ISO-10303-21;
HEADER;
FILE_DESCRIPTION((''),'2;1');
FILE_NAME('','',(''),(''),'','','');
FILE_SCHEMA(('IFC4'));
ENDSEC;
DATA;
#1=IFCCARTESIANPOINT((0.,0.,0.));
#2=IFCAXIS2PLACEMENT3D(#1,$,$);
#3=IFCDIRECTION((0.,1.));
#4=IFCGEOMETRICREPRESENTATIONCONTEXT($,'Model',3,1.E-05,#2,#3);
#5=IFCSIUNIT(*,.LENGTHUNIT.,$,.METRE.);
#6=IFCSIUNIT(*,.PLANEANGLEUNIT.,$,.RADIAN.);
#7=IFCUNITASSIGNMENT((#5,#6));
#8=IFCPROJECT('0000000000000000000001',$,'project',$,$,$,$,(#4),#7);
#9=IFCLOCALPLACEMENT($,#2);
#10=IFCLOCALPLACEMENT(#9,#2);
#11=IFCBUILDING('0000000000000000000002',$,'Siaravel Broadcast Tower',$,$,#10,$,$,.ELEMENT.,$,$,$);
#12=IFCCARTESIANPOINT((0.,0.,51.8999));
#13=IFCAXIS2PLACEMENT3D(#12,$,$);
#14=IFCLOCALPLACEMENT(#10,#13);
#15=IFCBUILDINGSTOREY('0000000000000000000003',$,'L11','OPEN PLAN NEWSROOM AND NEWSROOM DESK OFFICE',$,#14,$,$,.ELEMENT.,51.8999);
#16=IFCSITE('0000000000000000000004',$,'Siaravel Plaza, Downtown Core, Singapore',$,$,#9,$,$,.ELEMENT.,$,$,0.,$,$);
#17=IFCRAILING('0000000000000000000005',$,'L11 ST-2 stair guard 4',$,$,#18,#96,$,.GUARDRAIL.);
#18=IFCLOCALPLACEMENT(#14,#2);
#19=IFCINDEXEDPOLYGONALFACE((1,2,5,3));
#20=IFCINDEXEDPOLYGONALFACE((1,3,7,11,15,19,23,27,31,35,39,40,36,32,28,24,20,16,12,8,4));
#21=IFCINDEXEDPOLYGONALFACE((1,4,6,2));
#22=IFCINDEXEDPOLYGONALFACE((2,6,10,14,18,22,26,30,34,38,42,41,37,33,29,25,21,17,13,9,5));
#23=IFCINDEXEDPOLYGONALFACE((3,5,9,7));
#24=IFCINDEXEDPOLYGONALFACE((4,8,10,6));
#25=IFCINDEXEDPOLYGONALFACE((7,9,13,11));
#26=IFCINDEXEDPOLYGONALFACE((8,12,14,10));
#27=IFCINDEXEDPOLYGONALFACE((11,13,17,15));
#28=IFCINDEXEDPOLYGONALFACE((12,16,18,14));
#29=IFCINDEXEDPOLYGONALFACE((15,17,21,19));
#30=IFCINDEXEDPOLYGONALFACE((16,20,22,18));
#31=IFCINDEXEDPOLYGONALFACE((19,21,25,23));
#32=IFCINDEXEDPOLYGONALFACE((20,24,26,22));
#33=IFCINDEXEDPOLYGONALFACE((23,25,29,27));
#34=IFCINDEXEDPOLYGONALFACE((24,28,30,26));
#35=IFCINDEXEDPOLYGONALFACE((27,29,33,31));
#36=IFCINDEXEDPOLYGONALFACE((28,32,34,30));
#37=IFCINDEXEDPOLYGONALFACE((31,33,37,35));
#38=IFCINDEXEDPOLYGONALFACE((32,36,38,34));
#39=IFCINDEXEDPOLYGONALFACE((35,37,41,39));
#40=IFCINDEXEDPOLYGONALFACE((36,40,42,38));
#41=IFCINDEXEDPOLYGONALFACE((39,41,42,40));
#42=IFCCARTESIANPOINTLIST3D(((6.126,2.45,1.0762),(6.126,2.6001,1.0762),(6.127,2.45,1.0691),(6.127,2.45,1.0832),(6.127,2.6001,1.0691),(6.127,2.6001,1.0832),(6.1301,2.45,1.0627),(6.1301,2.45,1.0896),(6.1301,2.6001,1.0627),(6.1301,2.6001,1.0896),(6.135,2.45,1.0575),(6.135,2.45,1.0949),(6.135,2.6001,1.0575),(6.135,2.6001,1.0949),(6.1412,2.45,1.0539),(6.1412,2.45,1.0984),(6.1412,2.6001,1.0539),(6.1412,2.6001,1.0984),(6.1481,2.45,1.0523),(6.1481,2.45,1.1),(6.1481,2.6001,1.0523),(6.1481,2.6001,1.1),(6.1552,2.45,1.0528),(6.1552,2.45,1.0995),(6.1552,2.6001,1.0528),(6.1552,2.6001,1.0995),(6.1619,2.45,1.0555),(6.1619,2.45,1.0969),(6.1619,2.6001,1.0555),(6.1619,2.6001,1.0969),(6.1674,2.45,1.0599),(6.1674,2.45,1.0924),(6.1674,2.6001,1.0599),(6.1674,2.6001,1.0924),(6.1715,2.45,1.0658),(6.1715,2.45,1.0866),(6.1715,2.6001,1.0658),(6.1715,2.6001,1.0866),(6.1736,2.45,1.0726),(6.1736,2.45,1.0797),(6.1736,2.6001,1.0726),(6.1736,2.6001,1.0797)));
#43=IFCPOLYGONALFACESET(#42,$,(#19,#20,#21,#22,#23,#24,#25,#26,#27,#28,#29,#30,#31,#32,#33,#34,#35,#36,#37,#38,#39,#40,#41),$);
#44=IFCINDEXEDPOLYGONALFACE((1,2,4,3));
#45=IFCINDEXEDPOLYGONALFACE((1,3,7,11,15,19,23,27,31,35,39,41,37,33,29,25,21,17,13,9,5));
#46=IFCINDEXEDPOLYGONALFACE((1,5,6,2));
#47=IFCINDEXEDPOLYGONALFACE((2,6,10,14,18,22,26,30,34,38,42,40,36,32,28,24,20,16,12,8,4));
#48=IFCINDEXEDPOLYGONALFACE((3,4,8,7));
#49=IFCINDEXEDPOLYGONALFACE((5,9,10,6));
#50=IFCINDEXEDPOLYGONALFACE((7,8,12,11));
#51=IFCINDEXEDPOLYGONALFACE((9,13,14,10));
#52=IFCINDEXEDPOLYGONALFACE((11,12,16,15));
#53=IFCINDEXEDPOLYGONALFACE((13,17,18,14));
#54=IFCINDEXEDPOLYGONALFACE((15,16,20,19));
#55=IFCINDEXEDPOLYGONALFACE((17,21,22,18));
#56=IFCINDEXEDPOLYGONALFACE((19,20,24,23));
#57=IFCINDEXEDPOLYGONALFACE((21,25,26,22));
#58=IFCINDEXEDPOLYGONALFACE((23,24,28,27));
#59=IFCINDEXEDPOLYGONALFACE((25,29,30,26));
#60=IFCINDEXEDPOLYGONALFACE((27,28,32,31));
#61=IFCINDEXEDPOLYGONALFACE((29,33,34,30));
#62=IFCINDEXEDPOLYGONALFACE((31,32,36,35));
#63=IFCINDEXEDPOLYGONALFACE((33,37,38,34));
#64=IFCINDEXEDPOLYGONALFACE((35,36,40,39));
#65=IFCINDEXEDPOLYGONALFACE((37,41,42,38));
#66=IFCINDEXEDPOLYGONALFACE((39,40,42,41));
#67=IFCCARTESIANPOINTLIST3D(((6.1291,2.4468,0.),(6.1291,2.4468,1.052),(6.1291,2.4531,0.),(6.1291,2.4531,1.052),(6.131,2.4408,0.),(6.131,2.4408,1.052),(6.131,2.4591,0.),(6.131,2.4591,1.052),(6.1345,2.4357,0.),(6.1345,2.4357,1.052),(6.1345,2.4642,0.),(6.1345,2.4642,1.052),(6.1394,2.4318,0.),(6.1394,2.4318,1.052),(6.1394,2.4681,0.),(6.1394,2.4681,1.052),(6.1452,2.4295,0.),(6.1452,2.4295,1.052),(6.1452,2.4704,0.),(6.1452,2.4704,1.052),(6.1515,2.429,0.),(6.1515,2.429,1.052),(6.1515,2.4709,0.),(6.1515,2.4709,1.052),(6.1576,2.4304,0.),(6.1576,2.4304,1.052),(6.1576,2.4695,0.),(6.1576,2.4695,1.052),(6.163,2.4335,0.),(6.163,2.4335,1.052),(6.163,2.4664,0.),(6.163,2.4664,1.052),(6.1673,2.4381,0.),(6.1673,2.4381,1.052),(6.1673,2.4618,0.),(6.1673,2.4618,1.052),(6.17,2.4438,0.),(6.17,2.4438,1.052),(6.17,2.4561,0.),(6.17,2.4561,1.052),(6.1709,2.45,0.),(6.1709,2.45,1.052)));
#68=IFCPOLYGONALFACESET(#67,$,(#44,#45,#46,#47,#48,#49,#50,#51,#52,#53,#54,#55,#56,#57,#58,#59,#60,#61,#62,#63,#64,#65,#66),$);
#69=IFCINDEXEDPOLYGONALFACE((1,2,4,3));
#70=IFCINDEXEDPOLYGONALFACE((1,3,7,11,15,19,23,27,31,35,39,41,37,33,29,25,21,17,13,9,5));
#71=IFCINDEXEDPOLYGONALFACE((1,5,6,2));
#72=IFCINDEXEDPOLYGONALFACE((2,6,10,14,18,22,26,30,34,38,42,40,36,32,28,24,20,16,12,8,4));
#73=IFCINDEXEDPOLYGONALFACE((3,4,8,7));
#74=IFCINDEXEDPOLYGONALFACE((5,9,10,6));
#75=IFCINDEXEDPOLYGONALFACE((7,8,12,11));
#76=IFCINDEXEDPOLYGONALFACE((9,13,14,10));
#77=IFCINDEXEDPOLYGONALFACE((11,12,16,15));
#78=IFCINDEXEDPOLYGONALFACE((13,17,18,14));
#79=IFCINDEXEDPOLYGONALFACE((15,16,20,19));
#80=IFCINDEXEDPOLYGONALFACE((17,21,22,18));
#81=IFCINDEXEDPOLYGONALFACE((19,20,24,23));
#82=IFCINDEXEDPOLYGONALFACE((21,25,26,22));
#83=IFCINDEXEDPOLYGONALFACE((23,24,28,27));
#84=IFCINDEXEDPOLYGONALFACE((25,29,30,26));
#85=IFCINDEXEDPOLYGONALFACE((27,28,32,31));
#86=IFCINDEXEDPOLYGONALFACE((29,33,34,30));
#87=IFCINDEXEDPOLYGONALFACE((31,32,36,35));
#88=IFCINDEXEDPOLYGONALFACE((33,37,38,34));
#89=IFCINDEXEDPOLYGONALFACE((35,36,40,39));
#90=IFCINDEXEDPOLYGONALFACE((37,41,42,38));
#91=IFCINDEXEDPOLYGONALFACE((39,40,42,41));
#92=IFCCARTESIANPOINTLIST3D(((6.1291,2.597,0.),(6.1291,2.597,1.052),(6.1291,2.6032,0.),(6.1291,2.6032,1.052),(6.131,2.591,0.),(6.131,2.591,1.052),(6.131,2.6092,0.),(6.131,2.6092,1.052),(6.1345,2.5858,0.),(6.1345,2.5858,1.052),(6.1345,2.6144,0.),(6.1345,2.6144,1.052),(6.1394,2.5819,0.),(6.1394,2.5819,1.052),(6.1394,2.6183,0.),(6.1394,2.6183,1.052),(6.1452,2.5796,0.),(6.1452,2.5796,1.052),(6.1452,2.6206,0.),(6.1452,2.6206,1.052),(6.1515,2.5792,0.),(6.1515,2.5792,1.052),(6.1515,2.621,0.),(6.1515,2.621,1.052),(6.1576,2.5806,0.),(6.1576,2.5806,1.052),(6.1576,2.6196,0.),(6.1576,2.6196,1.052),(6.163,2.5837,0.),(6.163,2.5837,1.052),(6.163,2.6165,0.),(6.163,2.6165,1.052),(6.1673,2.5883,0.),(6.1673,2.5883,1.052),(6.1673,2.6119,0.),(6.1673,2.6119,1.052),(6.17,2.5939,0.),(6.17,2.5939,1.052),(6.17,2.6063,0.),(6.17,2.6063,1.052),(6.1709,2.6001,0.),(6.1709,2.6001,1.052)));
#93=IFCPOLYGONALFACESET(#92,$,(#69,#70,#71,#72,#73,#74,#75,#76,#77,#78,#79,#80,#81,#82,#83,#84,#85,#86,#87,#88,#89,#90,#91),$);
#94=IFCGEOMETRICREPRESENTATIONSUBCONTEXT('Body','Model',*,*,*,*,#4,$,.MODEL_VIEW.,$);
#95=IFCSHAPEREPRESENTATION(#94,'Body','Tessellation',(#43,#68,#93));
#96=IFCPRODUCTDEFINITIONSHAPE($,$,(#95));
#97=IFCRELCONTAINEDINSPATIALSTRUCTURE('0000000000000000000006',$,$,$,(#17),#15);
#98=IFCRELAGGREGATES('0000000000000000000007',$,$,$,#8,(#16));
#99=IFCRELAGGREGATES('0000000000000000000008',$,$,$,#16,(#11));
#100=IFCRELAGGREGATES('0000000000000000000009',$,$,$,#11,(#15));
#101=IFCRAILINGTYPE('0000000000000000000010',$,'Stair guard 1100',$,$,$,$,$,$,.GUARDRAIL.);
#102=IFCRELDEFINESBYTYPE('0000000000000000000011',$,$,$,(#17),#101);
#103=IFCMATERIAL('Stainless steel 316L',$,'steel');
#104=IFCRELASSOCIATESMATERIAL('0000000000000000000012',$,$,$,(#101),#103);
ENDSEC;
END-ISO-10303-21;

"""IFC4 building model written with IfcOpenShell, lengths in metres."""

from ifc_helpers import new_model, si_unit, direction, frame, origin, origin_2d, place, context, subcontext, project, spatial, circle, extrude, material, type_object, element, save


model = new_model("IFC4")

# Units and contexts
model_context = context("Model", 3, precision=1e-05, world=origin(), true_north=direction((0.0, 1.0)))
body_context = subcontext(model_context, "Body", "Model", "MODEL_VIEW")
ifc_project = project(units=[si_unit("LENGTHUNIT", "METRE"), si_unit("PLANEANGLEUNIT", "RADIAN")], contexts=[model_context])

# Site, building, storey
site_placement = place(None, origin())
site = spatial("IfcSite", under=ifc_project, at=site_placement, Name="Siaravel Plaza, Downtown Core, Singapore", CompositionType="ELEMENT", RefElevation=0.0)
building_placement = place(site_placement, origin())
building = spatial("IfcBuilding", under=site, at=building_placement, Name="Siaravel Broadcast Tower", CompositionType="ELEMENT")
storey_placement = place(building_placement, frame((0.0, 0.0, 51.8999)))
storey = spatial("IfcBuildingStorey", under=building, at=storey_placement, Name="L11", Description="OPEN PLAN NEWSROOM AND NEWSROOM DESK OFFICE", CompositionType="ELEMENT", Elevation=51.8999)

# Railing
ifc_material_1 = material(Name="Stainless steel 316L", Category="steel")
railing_type_1 = type_object("IfcRailingType", Name="Stair guard 1100", PredefinedType="GUARDRAIL", material=ifc_material_1)
railing_1_placement = place(storey_placement, frame((6.1499, 2.45, 0.0)))
element("IfcRailing", 1, at=railing_1_placement, inside=storey, type_object=railing_type_1, Name="L11 ST-2 stair guard 4", PredefinedType="GUARDRAIL", context=body_context, shape_type="SweptSolid", body=[
    extrude(circle(Radius=0.0239, at=origin_2d()), frame((0.0, 0.0, 1.0762), z_axis=(0.0, 1.0, 0.0), x_axis=(-1.0, 0.0, 0.0)), (0.0, 0.0, 1.0), 0.1501),
    extrude(circle(Radius=0.021, at=origin_2d()), origin(), (0.0, 0.0, 1.0), 1.052),
    extrude(circle(Radius=0.021, at=origin_2d()), frame((0.0, 0.1501, 0.0)), (0.0, 0.0, 1.0), 1.052),
])

save(model, "model.ifc")
